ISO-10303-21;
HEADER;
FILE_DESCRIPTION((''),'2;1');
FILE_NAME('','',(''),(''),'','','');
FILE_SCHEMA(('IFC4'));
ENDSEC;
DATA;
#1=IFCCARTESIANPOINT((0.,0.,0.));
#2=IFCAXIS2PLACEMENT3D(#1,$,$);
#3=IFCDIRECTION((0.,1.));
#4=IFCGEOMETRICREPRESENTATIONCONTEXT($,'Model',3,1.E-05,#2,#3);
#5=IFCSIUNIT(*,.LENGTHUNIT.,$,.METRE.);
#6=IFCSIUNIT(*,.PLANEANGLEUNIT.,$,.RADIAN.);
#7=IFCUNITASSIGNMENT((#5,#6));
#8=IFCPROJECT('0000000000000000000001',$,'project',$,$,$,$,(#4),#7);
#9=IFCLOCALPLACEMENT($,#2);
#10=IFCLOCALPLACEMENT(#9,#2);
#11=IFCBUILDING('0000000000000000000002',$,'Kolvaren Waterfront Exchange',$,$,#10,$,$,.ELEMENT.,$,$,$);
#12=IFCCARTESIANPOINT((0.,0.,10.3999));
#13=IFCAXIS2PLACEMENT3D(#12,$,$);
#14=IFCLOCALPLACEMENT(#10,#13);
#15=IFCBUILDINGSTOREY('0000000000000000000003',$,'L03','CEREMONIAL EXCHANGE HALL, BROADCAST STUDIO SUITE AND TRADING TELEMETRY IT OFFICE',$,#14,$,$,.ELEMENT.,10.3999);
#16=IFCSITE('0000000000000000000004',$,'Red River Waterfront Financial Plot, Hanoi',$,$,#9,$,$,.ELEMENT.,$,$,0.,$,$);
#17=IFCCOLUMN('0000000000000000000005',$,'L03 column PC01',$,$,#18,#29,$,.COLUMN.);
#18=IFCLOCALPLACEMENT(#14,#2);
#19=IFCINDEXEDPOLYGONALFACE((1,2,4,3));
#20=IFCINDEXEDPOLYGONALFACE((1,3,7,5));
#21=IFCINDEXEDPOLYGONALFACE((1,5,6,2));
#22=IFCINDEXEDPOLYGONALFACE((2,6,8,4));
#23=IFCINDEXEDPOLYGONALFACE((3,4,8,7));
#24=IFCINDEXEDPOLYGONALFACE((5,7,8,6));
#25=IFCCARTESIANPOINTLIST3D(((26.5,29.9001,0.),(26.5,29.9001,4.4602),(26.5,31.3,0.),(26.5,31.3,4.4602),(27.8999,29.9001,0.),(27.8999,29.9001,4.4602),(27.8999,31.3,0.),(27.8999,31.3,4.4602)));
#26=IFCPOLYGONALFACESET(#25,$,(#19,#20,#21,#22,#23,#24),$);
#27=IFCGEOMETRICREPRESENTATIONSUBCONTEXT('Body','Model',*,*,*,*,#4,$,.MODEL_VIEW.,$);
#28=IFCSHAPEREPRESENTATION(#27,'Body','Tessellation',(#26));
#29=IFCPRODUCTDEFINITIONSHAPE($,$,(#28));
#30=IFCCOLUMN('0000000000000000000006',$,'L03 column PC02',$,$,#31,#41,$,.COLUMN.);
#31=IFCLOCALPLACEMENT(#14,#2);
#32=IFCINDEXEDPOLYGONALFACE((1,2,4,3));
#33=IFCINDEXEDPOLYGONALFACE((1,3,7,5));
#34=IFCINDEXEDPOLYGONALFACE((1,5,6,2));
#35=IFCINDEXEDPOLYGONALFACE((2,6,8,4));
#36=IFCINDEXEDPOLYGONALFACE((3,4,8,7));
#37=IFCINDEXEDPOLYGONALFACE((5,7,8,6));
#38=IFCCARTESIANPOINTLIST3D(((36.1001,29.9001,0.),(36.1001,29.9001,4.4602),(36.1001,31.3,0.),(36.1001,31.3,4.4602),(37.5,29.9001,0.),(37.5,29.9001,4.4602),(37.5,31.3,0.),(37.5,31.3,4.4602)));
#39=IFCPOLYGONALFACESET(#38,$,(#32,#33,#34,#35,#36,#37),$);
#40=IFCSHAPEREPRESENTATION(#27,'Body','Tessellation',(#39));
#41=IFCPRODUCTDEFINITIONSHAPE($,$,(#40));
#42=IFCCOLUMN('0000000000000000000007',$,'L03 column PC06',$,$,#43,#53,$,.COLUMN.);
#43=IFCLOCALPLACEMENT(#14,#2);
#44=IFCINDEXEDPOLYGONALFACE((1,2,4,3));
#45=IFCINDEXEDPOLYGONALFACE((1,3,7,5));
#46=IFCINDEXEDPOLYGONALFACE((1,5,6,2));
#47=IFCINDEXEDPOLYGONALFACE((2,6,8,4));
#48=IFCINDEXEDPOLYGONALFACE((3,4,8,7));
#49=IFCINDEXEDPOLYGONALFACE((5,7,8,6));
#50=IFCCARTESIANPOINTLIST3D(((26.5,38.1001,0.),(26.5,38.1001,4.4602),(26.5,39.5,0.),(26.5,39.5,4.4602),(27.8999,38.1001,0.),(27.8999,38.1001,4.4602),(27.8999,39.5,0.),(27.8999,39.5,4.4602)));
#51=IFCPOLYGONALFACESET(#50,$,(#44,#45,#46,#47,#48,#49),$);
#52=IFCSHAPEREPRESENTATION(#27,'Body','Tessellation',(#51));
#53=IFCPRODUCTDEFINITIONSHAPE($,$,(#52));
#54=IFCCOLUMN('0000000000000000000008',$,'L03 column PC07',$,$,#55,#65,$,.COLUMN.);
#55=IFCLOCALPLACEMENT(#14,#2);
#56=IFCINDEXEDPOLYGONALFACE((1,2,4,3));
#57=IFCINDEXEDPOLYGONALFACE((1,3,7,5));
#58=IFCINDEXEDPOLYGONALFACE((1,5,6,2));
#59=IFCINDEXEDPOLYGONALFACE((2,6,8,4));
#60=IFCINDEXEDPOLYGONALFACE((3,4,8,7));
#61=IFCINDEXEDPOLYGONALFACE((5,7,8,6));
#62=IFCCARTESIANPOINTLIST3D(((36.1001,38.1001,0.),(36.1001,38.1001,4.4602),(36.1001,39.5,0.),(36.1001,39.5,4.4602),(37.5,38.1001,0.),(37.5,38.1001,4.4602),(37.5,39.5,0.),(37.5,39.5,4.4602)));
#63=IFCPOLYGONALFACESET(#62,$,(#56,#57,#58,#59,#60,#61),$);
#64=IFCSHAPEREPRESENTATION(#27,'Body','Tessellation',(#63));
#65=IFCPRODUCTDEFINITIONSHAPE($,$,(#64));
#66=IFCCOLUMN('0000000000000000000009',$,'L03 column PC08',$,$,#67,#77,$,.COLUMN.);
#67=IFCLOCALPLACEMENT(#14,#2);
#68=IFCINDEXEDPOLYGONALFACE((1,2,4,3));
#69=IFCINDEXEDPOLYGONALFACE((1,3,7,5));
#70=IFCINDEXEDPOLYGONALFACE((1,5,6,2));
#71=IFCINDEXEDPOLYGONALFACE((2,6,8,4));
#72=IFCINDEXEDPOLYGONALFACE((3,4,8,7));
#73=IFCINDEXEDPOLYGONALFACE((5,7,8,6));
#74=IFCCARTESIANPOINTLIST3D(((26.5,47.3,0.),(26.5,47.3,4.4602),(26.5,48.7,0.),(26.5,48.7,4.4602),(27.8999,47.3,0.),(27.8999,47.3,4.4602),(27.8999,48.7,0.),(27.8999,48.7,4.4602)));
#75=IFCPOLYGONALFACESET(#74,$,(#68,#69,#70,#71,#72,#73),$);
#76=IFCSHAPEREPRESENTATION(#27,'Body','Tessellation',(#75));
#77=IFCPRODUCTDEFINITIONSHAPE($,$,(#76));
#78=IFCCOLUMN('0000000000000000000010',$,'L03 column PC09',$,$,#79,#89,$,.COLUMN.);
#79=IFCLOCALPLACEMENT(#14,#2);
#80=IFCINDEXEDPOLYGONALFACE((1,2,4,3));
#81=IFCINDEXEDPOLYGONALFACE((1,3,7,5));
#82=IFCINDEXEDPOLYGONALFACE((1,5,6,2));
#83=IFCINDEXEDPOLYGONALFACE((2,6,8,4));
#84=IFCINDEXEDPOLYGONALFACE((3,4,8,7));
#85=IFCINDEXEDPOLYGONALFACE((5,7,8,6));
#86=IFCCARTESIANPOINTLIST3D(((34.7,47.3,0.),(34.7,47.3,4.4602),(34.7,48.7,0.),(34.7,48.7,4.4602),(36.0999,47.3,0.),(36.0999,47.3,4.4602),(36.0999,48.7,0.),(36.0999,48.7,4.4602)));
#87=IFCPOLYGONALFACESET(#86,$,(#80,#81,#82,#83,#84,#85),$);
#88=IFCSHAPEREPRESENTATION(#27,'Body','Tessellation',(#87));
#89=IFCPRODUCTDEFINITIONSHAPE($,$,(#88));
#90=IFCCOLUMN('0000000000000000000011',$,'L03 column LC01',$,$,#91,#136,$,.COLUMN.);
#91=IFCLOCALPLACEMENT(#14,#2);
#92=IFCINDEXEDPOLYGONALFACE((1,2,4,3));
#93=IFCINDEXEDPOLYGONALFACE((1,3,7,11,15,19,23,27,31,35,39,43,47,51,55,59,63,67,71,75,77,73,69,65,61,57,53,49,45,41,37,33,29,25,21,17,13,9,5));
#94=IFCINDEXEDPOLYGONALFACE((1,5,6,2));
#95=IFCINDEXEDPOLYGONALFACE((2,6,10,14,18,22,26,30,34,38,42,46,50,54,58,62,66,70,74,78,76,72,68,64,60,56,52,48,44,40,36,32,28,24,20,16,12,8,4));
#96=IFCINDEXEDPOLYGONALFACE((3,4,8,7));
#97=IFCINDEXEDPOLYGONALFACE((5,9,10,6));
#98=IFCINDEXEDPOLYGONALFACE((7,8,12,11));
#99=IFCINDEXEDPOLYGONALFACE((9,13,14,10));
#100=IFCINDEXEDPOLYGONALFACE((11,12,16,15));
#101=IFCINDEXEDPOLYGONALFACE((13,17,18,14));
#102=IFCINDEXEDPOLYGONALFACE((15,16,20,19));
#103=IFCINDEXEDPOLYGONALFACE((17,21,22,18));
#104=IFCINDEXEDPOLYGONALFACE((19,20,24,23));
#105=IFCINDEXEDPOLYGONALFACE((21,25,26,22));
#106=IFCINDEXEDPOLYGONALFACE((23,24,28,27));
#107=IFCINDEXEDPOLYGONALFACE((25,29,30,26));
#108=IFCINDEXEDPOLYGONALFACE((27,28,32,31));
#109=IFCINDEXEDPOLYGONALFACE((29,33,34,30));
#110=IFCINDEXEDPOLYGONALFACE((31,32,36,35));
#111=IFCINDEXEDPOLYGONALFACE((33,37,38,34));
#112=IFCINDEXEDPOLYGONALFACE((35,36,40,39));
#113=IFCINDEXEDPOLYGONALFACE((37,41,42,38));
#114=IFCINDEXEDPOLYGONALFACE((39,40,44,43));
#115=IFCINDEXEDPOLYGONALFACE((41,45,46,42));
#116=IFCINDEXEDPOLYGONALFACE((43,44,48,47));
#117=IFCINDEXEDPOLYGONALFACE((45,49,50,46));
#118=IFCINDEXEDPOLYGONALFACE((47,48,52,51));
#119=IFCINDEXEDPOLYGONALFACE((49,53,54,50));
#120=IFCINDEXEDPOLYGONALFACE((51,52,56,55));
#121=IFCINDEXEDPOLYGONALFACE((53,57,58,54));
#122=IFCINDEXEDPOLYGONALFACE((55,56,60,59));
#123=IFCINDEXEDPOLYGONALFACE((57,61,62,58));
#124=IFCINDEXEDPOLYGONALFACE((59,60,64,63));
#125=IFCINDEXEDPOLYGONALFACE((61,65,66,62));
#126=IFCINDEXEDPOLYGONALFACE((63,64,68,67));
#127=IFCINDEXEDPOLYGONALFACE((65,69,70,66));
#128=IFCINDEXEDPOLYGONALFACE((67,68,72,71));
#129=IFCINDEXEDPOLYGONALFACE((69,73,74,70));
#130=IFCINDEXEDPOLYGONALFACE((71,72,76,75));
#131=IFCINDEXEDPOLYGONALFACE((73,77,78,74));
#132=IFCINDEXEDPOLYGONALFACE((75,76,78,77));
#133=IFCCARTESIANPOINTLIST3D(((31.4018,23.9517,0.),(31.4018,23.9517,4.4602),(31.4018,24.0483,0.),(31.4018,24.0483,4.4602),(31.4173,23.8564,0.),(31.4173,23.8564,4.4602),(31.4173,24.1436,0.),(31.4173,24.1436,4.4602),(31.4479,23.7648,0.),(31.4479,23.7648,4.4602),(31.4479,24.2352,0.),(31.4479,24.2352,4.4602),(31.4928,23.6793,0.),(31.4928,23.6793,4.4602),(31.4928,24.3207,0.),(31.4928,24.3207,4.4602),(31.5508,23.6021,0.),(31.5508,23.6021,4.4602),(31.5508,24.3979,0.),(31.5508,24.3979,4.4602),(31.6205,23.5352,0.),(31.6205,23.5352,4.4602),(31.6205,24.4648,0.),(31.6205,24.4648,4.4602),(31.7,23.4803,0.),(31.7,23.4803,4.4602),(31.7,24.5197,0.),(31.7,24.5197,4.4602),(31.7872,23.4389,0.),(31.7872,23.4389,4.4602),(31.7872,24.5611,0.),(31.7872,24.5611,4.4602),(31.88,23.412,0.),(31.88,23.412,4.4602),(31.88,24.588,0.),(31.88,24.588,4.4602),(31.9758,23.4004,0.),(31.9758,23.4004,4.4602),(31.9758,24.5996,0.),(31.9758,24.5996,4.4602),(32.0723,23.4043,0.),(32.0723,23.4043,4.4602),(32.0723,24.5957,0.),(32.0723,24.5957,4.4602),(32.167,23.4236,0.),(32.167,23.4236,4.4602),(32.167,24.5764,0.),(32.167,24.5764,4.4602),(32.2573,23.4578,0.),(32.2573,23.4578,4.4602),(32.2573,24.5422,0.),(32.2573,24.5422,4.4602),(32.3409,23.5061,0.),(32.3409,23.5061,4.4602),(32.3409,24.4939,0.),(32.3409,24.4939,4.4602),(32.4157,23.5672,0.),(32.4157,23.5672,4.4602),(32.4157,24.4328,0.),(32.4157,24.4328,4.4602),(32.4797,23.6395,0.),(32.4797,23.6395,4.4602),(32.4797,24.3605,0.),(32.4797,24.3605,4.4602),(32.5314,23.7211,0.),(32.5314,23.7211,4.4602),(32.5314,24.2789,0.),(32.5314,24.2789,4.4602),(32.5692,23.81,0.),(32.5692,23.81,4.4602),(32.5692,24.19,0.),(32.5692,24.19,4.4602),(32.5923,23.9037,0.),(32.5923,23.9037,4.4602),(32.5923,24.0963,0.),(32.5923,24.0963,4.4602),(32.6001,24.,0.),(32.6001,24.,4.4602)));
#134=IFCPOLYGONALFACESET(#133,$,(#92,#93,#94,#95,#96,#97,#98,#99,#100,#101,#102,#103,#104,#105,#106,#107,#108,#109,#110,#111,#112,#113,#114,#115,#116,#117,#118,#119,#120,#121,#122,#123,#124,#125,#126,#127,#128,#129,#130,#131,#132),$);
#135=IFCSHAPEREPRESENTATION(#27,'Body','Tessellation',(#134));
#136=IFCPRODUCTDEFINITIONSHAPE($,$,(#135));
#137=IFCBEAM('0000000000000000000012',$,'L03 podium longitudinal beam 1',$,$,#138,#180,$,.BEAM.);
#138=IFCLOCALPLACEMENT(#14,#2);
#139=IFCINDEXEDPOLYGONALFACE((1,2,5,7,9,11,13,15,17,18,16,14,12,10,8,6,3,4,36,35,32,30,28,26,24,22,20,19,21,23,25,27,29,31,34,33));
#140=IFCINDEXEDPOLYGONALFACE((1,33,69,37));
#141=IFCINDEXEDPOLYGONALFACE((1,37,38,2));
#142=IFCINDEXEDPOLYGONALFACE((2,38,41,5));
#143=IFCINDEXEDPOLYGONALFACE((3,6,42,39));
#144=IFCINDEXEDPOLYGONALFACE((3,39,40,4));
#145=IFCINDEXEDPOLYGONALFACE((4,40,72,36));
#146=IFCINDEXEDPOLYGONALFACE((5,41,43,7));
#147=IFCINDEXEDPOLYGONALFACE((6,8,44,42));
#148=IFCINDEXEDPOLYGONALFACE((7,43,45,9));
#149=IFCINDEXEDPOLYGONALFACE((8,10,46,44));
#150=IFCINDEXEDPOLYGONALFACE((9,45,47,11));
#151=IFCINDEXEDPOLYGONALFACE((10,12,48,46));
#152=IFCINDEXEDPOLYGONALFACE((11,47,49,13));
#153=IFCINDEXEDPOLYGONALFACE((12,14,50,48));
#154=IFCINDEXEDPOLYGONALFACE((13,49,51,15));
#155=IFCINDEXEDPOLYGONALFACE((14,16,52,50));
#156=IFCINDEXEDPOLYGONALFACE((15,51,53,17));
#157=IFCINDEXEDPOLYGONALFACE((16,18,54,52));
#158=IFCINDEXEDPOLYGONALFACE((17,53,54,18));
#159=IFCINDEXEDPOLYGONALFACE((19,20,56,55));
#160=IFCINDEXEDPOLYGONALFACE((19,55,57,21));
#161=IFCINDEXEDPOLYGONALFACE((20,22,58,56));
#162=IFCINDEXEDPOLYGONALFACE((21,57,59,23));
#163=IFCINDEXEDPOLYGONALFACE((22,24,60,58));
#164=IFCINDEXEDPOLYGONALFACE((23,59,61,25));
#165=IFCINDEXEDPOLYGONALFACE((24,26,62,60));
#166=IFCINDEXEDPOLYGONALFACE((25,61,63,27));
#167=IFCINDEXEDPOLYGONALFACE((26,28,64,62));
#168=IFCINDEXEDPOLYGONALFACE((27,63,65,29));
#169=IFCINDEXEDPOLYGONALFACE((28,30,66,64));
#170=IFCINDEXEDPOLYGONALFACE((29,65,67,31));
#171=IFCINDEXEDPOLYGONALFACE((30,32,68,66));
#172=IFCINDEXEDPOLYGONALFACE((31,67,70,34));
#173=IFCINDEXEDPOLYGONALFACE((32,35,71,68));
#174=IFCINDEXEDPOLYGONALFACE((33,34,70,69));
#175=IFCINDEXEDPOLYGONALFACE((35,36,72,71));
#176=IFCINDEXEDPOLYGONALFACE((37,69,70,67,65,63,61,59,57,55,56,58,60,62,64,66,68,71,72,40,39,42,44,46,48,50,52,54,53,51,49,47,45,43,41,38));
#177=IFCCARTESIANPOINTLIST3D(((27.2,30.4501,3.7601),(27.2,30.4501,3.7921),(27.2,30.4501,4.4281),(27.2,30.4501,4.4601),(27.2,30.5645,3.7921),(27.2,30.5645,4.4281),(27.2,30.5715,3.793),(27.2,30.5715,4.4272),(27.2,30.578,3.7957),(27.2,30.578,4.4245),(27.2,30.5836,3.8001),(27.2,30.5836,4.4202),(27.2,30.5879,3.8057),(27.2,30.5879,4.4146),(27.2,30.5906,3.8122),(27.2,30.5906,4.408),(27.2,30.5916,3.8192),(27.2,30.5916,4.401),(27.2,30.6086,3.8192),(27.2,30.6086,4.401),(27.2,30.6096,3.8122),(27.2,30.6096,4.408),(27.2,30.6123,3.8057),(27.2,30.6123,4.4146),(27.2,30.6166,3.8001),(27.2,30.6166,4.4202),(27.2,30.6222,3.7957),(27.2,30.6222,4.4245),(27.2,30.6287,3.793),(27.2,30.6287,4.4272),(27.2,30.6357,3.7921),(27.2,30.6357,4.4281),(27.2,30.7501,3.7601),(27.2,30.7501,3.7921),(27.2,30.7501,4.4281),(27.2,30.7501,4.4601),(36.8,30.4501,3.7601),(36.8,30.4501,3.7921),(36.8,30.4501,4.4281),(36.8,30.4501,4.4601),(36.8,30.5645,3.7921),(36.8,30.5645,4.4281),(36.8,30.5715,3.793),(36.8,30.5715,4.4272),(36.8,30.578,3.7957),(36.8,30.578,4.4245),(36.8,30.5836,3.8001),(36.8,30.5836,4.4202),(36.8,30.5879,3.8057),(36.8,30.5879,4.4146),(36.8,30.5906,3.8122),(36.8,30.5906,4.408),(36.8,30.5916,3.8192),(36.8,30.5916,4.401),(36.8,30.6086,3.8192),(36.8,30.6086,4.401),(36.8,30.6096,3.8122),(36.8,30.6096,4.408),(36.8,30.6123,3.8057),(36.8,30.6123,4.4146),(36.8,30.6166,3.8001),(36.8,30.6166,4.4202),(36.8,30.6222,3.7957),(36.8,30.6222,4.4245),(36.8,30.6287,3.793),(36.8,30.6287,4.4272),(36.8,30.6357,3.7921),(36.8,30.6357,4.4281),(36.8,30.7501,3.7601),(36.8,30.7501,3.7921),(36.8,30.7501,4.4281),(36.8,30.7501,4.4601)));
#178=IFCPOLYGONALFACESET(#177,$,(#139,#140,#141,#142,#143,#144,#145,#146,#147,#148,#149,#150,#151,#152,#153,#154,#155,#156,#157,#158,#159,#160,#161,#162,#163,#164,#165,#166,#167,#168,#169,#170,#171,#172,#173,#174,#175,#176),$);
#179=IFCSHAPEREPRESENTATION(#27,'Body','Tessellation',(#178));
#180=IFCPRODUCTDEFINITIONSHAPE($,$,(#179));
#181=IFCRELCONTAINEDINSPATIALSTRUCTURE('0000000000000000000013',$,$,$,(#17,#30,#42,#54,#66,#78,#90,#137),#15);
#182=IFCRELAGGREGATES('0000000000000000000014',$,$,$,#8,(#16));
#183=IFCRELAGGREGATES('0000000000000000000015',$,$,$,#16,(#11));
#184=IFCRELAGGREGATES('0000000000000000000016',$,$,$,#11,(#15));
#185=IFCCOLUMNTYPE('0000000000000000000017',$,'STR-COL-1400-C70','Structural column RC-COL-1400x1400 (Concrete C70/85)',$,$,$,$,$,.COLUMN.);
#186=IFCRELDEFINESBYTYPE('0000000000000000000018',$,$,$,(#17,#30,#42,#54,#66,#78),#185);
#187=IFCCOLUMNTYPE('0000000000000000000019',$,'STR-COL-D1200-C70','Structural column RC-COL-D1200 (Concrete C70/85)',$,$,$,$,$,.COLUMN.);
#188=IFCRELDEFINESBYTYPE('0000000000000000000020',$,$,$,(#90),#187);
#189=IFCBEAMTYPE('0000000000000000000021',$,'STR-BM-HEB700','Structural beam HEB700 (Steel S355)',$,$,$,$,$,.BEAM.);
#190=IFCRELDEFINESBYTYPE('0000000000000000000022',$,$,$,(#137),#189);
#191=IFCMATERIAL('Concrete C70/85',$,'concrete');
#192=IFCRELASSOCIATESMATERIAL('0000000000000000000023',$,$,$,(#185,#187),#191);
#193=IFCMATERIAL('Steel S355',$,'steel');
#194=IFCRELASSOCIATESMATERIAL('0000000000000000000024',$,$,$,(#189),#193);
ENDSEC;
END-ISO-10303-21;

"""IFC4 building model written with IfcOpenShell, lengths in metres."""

from ifc_helpers import new_model, si_unit, direction, frame, origin, origin_2d, place, context, subcontext, project, spatial, rectangle, circle, i_section, extrude, material, material_profile, profile_set, type_object, element, save


model = new_model("IFC4")

# Units and contexts
model_context = context("Model", 3, precision=1e-05, world=origin(), true_north=direction((0.0, 1.0)))
body_context = subcontext(model_context, "Body", "Model", "MODEL_VIEW")
ifc_project = project(units=[si_unit("LENGTHUNIT", "METRE"), si_unit("PLANEANGLEUNIT", "RADIAN")], contexts=[model_context])

# Site, building, storey
site_placement = place(None, origin())
site = spatial("IfcSite", under=ifc_project, at=site_placement, Name="Red River Waterfront Financial Plot, Hanoi", CompositionType="ELEMENT", RefElevation=0.0)
building_placement = place(site_placement, origin())
building = spatial("IfcBuilding", under=site, at=building_placement, Name="Kolvaren Waterfront Exchange", CompositionType="ELEMENT")
storey_placement = place(building_placement, frame((0.0, 0.0, 10.3999)))
storey = spatial("IfcBuildingStorey", under=building, at=storey_placement, Name="L03", Description="CEREMONIAL EXCHANGE HALL, BROADCAST STUDIO SUITE AND TRADING TELEMETRY IT OFFICE", CompositionType="ELEMENT", Elevation=10.3999)

# Columns
ifc_material_1 = material(Name="Concrete C70/85", Category="concrete")
ifc_material_profile_1 = material_profile(ifc_material_1, rectangle(XDim=1.3999, YDim=1.3999, at=origin_2d()), Name="RC-COL-1400x1400")
ifc_profile_set_1 = profile_set([ifc_material_profile_1], Name="Concrete C70/85")
column_type_1 = type_object("IfcColumnType", Name="STR-COL-1400-C70", Description="Structural column RC-COL-1400x1400 (Concrete C70/85)", PredefinedType="COLUMN", material=ifc_profile_set_1)
for number, where, z_axis, x_axis, name in (
    (1, (27.2, 30.6001, 0.0), (0.0, 0.0, 1.0), (1.0, 0.0, 0.0), "L03 column PC01"),
    (2, (36.8, 30.6001, 0.0), (0.0, 0.0, 1.0), (1.0, 0.0, 0.0), "L03 column PC02"),
    (3, (27.2, 38.8, 0.0), (0.0, 0.0, 1.0), (1.0, 0.0, 0.0), "L03 column PC06"),
    (4, (36.8, 38.8, 0.0), (0.0, 0.0, 1.0), (1.0, 0.0, 0.0), "L03 column PC07"),
    (5, (27.2, 48.0, 0.0), (0.0, 0.0, 1.0), (1.0, 0.0, 0.0), "L03 column PC08"),
    (6, (35.3999, 48.0, 0.0), (0.0, 0.0, 1.0), (1.0, 0.0, 0.0), "L03 column PC09"),
):
    element("IfcColumn", number, at=place(storey_placement, frame(where, z_axis=z_axis, x_axis=x_axis)), inside=storey, type_object=column_type_1, Name=name, PredefinedType="COLUMN", context=body_context, shape_type="SweptSolid", body=[
        extrude(rectangle(XDim=1.3999, YDim=1.3999, at=origin_2d()), origin(), (0.0, 0.0, 1.0), 4.4602),
    ])
ifc_material_profile_2 = material_profile(ifc_material_1, circle(Radius=0.6001, at=origin_2d()), Name="RC-COL-D1200")
ifc_profile_set_2 = profile_set([ifc_material_profile_2], Name="Concrete C70/85")
column_type_2 = type_object("IfcColumnType", Name="STR-COL-D1200-C70", Description="Structural column RC-COL-D1200 (Concrete C70/85)", PredefinedType="COLUMN", material=ifc_profile_set_2)
column_placement = place(storey_placement, frame((32.0, 24.0, 0.0), z_axis=(0.0, 0.0, 1.0), x_axis=(1.0, 0.0, 0.0)))
element("IfcColumn", 7, at=column_placement, inside=storey, type_object=column_type_2, Name="L03 column LC01", PredefinedType="COLUMN", context=body_context, shape_type="SweptSolid", body=[
    extrude(circle(Radius=0.6001, at=origin_2d()), origin(), (0.0, 0.0, 1.0), 4.4602),
])

# Beam
ifc_material_2 = material(Name="Steel S355", Category="steel")
ifc_material_profile_3 = material_profile(ifc_material_2, i_section(OverallWidth=0.3, OverallDepth=0.7, WebThickness=0.0171, FlangeThickness=0.032, FilletRadius=0.0271, at=origin_2d()), Name="HEB700")
ifc_profile_set_3 = profile_set([ifc_material_profile_3], Name="Steel S355")
beam_type_1 = type_object("IfcBeamType", Name="STR-BM-HEB700", Description="Structural beam HEB700 (Steel S355)", PredefinedType="BEAM", material=ifc_profile_set_3)
beam_1_placement = place(storey_placement, frame((27.2, 30.6001, 4.1101), z_axis=(1.0, 0.0, 0.0), x_axis=(0.0, 1.0, 0.0)))
element("IfcBeam", 8, at=beam_1_placement, inside=storey, type_object=beam_type_1, Name="L03 podium longitudinal beam 1", PredefinedType="BEAM", context=body_context, shape_type="SweptSolid", body=[
    extrude(i_section(OverallWidth=0.3, OverallDepth=0.7, WebThickness=0.0171, FlangeThickness=0.032, FilletRadius=0.0271, at=origin_2d()), origin(), (0.0, 0.0, 1.0), 9.6001),
])

save(model, "model.ifc")
